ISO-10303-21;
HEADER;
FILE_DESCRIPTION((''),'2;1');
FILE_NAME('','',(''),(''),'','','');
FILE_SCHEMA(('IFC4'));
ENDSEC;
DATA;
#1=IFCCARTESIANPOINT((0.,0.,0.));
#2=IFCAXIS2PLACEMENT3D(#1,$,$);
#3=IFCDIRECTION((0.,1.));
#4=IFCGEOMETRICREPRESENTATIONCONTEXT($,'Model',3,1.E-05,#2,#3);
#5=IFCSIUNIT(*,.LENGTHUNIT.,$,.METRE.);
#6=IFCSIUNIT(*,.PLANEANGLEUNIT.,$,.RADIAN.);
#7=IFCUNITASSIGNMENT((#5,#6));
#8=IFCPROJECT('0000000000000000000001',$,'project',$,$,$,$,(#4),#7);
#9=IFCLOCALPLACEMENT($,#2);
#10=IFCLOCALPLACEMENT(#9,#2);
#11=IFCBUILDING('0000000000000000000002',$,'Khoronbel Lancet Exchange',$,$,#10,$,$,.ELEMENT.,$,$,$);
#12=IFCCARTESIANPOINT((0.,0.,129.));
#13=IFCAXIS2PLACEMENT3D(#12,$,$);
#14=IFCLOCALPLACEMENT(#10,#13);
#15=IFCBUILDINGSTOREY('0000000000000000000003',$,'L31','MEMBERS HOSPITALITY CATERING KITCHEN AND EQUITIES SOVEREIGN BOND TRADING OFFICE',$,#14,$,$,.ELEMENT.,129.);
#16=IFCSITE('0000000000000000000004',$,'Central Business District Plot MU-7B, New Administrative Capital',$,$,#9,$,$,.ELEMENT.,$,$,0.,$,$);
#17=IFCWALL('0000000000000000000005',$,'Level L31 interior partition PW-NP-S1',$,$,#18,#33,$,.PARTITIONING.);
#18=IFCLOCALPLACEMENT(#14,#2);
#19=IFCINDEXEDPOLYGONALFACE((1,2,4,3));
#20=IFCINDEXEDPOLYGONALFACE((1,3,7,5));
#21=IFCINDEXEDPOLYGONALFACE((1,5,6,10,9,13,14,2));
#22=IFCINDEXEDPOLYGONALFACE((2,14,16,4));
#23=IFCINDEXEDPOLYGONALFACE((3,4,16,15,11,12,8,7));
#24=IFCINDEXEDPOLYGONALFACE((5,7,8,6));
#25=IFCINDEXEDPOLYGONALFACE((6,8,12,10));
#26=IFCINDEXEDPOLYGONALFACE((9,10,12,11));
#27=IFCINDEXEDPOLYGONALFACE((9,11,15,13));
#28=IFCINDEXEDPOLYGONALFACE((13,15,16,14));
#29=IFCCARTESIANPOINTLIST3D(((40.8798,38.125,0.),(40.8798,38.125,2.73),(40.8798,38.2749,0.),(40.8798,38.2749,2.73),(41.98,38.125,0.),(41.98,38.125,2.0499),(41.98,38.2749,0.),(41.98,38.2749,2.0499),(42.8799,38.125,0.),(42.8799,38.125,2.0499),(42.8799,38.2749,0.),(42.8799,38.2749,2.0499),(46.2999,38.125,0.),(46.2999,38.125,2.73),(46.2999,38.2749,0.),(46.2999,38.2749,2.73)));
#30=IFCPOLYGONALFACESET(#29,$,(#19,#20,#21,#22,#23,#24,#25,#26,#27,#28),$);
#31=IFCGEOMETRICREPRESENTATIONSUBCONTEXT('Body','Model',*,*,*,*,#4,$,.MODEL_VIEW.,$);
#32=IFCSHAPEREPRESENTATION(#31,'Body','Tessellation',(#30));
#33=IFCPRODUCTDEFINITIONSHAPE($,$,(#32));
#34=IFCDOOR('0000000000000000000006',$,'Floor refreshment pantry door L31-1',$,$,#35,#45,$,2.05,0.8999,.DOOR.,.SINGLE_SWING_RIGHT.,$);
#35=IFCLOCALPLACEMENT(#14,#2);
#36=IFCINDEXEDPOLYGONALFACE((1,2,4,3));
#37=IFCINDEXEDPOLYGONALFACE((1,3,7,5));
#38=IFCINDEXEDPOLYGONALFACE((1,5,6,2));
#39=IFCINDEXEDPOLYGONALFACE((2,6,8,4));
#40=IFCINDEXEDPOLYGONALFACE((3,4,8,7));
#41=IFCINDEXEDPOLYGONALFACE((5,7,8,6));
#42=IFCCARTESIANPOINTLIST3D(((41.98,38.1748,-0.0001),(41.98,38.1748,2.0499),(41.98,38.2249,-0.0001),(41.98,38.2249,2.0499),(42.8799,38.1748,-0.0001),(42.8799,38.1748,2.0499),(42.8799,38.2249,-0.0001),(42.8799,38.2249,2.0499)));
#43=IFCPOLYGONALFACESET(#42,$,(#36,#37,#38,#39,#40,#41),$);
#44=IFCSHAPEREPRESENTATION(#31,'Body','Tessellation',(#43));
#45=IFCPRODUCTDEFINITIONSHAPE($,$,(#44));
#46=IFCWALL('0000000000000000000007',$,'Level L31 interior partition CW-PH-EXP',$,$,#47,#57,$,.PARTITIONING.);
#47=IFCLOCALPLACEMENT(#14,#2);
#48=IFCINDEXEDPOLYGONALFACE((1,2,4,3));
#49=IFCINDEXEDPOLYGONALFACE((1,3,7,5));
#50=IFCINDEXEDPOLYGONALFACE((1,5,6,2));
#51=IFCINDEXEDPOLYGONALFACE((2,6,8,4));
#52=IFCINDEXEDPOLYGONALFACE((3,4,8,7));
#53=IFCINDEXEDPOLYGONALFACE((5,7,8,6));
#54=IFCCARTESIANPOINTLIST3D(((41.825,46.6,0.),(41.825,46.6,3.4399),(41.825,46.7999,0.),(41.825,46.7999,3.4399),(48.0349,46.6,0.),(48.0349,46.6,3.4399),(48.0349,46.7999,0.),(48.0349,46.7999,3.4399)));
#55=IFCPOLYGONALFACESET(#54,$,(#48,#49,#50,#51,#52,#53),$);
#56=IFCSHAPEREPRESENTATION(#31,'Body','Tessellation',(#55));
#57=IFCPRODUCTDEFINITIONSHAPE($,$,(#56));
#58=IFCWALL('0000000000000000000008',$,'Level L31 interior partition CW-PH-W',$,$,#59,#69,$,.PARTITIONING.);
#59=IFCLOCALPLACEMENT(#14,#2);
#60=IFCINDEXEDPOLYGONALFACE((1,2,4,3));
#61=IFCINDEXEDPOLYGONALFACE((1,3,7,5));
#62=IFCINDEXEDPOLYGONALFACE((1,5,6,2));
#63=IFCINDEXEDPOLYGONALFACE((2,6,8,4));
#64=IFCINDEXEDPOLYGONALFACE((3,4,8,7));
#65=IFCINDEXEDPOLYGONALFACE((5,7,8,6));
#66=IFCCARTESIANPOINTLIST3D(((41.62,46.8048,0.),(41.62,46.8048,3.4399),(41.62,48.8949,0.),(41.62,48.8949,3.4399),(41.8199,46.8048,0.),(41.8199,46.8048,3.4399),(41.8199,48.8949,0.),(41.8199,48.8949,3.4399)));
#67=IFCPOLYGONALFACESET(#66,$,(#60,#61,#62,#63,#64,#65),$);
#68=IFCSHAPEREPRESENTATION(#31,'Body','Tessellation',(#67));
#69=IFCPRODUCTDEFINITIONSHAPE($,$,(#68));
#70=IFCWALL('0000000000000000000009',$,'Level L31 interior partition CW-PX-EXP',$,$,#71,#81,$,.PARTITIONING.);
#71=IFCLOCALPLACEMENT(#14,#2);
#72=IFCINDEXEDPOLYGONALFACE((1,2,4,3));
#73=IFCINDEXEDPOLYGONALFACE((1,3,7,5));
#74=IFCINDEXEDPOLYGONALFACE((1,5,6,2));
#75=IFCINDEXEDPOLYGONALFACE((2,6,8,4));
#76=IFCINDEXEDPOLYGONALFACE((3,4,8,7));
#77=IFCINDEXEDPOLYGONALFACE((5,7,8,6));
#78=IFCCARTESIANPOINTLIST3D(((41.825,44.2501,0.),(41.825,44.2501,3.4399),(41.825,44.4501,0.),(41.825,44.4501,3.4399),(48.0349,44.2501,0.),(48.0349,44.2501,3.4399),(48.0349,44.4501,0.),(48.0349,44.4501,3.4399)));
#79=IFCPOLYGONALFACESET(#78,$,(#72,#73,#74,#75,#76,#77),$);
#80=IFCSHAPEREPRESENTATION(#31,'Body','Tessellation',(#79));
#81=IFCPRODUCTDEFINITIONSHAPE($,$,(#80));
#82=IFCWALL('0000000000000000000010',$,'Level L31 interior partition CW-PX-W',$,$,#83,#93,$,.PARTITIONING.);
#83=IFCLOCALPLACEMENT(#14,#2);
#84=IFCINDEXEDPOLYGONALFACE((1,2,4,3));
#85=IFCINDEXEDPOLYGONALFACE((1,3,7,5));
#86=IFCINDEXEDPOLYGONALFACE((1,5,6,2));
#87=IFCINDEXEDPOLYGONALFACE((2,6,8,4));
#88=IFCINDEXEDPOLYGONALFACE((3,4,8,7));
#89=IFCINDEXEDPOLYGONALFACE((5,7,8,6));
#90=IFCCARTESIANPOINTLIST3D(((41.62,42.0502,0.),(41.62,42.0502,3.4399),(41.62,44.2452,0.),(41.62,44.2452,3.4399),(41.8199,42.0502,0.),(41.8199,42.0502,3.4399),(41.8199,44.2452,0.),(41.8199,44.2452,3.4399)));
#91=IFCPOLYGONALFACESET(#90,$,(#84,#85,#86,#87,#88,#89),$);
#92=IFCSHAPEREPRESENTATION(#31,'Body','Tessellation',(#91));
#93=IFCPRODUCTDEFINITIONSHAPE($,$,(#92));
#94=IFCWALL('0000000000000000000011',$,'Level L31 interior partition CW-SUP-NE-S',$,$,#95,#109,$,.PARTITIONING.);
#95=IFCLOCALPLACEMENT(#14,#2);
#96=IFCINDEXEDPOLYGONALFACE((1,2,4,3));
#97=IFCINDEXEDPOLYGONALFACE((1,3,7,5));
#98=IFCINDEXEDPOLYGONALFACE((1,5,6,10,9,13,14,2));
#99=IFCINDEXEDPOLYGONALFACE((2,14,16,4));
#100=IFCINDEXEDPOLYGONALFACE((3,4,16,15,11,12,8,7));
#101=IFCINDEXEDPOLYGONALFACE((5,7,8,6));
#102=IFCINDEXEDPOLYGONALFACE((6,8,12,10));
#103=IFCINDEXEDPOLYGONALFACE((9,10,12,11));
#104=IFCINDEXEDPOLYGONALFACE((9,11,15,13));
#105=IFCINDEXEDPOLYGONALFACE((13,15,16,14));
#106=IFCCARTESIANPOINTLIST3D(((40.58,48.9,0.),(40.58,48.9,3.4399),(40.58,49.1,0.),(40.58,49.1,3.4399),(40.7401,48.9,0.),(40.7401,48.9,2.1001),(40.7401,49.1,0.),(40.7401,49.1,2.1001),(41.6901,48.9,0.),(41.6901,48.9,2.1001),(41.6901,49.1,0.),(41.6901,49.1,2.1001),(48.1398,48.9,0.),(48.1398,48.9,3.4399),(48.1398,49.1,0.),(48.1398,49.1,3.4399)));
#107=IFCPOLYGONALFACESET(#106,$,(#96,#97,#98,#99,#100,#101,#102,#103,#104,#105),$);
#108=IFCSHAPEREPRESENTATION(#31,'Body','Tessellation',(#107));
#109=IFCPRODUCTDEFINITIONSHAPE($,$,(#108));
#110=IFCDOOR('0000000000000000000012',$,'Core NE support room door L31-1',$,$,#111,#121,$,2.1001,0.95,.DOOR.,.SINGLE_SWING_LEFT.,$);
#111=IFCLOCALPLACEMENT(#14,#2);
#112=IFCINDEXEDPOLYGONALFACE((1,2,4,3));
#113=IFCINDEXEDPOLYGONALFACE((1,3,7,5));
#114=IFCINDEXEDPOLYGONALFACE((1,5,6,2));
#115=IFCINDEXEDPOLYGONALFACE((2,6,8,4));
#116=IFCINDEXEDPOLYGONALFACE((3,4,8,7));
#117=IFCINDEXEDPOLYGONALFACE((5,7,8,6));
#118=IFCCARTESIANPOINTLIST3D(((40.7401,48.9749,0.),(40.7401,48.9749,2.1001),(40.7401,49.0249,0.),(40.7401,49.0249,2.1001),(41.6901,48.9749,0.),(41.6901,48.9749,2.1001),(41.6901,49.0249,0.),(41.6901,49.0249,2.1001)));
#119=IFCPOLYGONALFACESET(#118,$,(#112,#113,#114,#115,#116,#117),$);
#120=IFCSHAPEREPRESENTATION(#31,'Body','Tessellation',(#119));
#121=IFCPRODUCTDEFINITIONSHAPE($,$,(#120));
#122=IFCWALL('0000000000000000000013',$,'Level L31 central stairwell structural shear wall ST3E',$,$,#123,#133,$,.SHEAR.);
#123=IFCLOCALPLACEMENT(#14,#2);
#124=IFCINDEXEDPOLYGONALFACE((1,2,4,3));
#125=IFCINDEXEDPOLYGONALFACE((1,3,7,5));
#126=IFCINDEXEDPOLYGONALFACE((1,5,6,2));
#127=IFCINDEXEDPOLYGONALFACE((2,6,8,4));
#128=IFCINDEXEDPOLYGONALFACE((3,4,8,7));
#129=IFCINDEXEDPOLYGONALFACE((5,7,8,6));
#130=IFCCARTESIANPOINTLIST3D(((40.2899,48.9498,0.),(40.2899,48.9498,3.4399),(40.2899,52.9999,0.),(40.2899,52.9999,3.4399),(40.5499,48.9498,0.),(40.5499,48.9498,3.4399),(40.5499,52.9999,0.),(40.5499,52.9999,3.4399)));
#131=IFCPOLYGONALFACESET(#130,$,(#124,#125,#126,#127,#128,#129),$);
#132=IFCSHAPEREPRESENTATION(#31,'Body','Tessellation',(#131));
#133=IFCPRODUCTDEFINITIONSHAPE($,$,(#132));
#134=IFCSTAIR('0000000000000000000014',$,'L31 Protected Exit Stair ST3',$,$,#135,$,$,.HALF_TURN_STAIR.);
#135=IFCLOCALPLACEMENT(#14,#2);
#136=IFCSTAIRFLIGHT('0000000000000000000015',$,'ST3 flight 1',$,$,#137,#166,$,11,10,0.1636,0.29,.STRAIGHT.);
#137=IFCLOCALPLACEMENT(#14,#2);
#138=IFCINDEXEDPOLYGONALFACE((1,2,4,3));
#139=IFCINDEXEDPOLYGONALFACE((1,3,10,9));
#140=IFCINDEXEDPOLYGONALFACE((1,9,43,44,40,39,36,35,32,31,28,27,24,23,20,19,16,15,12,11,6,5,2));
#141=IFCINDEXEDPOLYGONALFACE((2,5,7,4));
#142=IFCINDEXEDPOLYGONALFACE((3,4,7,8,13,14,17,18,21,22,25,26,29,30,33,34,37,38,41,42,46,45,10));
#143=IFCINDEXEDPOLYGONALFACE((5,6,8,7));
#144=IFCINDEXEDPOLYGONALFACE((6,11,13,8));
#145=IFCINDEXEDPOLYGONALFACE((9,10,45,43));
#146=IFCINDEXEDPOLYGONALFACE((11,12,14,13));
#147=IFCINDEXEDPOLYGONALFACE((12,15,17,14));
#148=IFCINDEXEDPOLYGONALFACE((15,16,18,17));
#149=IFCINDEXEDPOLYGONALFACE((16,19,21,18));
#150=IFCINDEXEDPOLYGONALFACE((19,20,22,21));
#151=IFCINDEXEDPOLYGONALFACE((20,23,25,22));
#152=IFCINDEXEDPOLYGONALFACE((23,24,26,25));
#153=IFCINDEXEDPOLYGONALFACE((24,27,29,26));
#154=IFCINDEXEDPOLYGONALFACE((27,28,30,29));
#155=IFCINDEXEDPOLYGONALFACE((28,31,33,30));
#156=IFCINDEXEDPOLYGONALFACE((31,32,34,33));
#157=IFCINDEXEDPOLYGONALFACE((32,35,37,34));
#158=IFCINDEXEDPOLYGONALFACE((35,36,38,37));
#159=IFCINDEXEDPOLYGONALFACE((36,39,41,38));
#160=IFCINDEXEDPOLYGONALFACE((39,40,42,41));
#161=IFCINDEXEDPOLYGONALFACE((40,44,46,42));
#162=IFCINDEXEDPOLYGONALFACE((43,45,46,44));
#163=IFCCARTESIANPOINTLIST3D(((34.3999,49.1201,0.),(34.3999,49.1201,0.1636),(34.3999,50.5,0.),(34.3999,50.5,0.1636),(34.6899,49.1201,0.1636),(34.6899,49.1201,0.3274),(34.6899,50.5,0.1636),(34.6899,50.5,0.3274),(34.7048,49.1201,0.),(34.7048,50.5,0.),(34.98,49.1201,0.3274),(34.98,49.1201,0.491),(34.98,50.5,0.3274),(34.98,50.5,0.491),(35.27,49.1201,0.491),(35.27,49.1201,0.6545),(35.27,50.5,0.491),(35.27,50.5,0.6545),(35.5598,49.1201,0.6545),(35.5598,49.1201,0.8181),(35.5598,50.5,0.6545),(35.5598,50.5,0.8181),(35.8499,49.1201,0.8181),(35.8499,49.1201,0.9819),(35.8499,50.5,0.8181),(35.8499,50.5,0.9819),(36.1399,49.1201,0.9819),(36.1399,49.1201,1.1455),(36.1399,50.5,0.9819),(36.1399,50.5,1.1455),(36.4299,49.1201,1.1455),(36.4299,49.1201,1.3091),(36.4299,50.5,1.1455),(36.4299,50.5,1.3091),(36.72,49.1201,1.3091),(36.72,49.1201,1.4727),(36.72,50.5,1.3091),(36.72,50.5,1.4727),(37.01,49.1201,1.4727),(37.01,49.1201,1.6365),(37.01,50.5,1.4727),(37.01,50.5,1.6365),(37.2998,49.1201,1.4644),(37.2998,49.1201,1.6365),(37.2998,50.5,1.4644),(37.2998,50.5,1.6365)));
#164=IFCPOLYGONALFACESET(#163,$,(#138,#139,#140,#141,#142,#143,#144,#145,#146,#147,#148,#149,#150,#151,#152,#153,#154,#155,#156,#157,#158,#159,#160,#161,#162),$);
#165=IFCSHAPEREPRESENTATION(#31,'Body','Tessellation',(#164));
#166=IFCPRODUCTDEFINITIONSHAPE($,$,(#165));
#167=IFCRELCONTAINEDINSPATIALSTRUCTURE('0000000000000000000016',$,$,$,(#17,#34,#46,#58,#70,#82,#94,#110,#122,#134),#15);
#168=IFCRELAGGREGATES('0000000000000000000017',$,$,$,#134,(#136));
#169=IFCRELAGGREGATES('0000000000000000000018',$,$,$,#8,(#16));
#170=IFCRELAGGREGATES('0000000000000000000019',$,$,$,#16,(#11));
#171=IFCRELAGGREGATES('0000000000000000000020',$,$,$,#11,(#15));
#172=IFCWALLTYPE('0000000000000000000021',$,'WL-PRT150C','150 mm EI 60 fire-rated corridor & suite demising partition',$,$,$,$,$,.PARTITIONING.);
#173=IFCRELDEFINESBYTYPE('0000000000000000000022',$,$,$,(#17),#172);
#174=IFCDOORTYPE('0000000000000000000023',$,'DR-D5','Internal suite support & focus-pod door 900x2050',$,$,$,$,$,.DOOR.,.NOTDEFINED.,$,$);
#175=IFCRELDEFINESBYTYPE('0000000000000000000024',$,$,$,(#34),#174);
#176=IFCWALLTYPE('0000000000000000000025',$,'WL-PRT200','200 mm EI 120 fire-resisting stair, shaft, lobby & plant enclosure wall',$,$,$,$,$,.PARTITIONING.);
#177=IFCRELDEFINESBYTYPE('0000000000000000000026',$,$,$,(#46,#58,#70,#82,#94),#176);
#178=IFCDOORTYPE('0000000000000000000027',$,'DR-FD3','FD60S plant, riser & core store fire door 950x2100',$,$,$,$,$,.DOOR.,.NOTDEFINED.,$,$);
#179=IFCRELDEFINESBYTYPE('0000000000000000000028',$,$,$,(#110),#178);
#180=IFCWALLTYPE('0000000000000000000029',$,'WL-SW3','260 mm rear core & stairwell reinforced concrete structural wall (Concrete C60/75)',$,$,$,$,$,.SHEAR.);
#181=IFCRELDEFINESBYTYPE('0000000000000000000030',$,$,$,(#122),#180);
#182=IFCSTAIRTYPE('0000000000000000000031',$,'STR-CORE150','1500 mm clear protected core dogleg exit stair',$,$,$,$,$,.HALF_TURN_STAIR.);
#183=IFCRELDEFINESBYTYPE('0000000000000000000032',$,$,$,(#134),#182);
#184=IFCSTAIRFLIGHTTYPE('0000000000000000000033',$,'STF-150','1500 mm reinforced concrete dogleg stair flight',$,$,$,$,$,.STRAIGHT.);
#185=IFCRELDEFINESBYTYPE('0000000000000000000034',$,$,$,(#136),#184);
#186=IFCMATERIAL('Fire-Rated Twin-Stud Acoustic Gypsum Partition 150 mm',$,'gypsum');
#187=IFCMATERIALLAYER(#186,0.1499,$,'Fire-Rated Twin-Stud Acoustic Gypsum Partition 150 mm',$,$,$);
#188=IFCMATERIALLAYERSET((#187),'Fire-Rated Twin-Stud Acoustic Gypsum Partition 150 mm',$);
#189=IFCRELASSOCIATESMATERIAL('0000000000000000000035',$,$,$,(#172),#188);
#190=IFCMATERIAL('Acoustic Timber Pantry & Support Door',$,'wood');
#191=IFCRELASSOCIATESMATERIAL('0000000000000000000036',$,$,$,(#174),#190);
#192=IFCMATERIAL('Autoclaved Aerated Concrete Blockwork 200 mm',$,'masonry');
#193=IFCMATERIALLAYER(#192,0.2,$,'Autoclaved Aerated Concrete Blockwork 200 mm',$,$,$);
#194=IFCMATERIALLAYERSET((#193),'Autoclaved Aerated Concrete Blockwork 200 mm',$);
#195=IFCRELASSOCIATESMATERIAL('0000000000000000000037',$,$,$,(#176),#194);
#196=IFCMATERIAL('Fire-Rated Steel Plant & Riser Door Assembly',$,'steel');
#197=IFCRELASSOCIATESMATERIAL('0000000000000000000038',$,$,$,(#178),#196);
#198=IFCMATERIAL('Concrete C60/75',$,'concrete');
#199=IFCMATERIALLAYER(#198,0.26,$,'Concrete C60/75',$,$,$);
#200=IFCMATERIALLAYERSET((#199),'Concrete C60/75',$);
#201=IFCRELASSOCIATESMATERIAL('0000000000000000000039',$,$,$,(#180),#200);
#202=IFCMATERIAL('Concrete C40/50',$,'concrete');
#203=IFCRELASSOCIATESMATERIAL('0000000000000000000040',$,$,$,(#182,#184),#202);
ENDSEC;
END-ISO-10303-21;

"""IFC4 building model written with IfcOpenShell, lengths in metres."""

from ifc_helpers import new_model, si_unit, direction, frame, frame_2d, origin, place, context, subcontext, project, spatial, polyline, rectangle, outline, extrude, material, layer, layer_set, type_object, element, fill, aggregate, save


model = new_model("IFC4")

# Units and contexts
model_context = context("Model", 3, precision=1e-05, world=origin(), true_north=direction((0.0, 1.0)))
body_context = subcontext(model_context, "Body", "Model", "MODEL_VIEW")
ifc_project = project(units=[si_unit("LENGTHUNIT", "METRE"), si_unit("PLANEANGLEUNIT", "RADIAN")], contexts=[model_context])

# Site, building, storey
site_placement = place(None, origin())
site = spatial("IfcSite", under=ifc_project, at=site_placement, Name="Central Business District Plot MU-7B, New Administrative Capital", CompositionType="ELEMENT", RefElevation=0.0)
building_placement = place(site_placement, origin())
building = spatial("IfcBuilding", under=site, at=building_placement, Name="Khoronbel Lancet Exchange", CompositionType="ELEMENT")
storey_placement = place(building_placement, frame((0.0, 0.0, 129.0)))
storey = spatial("IfcBuildingStorey", under=building, at=storey_placement, Name="L31", Description="MEMBERS HOSPITALITY CATERING KITCHEN AND EQUITIES SOVEREIGN BOND TRADING OFFICE", CompositionType="ELEMENT", Elevation=129.0)

# Wall, opening, door
ifc_material_1 = material(Name="Fire-Rated Twin-Stud Acoustic Gypsum Partition 150 mm", Category="gypsum")
ifc_layer_1 = layer(ifc_material_1, 0.1499, Name="Fire-Rated Twin-Stud Acoustic Gypsum Partition 150 mm")
ifc_layer_set_1 = layer_set([ifc_layer_1], Name="Fire-Rated Twin-Stud Acoustic Gypsum Partition 150 mm")
wall_type_1 = type_object("IfcWallType", Name="WL-PRT150C", Description="150 mm EI 60 fire-rated corridor & suite demising partition", PredefinedType="PARTITIONING", material=ifc_layer_set_1)
wall_1_placement = place(storey_placement, frame((40.8799, 38.2, 0.0), z_axis=(0.0, 0.0, 1.0), x_axis=(1.0, 0.0, 0.0)))
wall_1 = element("IfcWall", 1, at=wall_1_placement, inside=storey, type_object=wall_type_1, Name="Level L31 interior partition PW-NP-S1", PredefinedType="PARTITIONING", context=body_context, shape_type="SweptSolid", body=[
    extrude(rectangle(XDim=5.4202, YDim=0.1499, at=frame_2d((2.71, 0.0))), origin(), (0.0, 0.0, 1.0), 2.73),
])
opening_1_placement = place(wall_1_placement, frame((1.1001, 0.0, 0.0)))
opening_1 = element("IfcOpeningElement", 2, at=opening_1_placement, cuts=wall_1, PredefinedType="OPENING", context=body_context, shape_type="SweptSolid", body=[
    extrude(rectangle(XDim=0.8999, YDim=2.05, at=frame_2d((0.45, 1.0249))), frame((0.0, 0.085, 0.0), z_axis=(0.0, -1.0, 0.0), x_axis=(1.0, 0.0, 0.0)), (0.0, 0.0, 1.0), 0.1699),
])
ifc_material_2 = material(Name="Acoustic Timber Pantry & Support Door", Category="wood")
door_type_1 = type_object("IfcDoorType", Name="DR-D5", Description="Internal suite support & focus-pod door 900x2050", OperationType="NOTDEFINED", PredefinedType="DOOR", material=ifc_material_2)
door_1_placement = place(opening_1_placement, origin())
door_1 = element("IfcDoor", 3, at=door_1_placement, inside=storey, type_object=door_type_1, Name="Floor refreshment pantry door L31-1", OperationType="SINGLE_SWING_RIGHT", OverallHeight=2.05, OverallWidth=0.8999, PredefinedType="DOOR", context=body_context, shape_type="SweptSolid", body=[
    extrude(rectangle(XDim=0.8999, YDim=2.05, at=frame_2d((0.45, 1.0249))), frame((0.0, 0.0249, 0.0), z_axis=(0.0, -1.0, 0.0), x_axis=(1.0, 0.0, 0.0)), (0.0, 0.0, 1.0), 0.05),
])
fill(opening_1, door_1)

# Walls
ifc_material_3 = material(Name="Autoclaved Aerated Concrete Blockwork 200 mm", Category="masonry")
ifc_layer_2 = layer(ifc_material_3, 0.2, Name="Autoclaved Aerated Concrete Blockwork 200 mm")
ifc_layer_set_2 = layer_set([ifc_layer_2], Name="Autoclaved Aerated Concrete Blockwork 200 mm")
wall_type_2 = type_object("IfcWallType", Name="WL-PRT200", Description="200 mm EI 120 fire-resisting stair, shaft, lobby & plant enclosure wall", PredefinedType="PARTITIONING", material=ifc_layer_set_2)
wall_2_placement = place(storey_placement, frame((41.825, 46.7, 0.0), z_axis=(0.0, 0.0, 1.0), x_axis=(1.0, 0.0, 0.0)))
element("IfcWall", 4, at=wall_2_placement, inside=storey, type_object=wall_type_2, Name="Level L31 interior partition CW-PH-EXP", PredefinedType="PARTITIONING", context=body_context, shape_type="SweptSolid", body=[
    extrude(rectangle(XDim=6.21, YDim=0.2, at=frame_2d((3.105, 0.0))), origin(), (0.0, 0.0, 1.0), 3.4399),
])
wall_3_placement = place(storey_placement, frame((41.72, 46.8049, 0.0), z_axis=(0.0, 0.0, 1.0), x_axis=(0.0, 1.0, 0.0)))
element("IfcWall", 5, at=wall_3_placement, inside=storey, type_object=wall_type_2, Name="Level L31 interior partition CW-PH-W", PredefinedType="PARTITIONING", context=body_context, shape_type="SweptSolid", body=[
    extrude(rectangle(XDim=2.0901, YDim=0.2, at=frame_2d((1.0449, 0.0))), origin(), (0.0, 0.0, 1.0), 3.4399),
])
wall_4_placement = place(storey_placement, frame((41.825, 44.3501, 0.0), z_axis=(0.0, 0.0, 1.0), x_axis=(1.0, 0.0, 0.0)))
element("IfcWall", 6, at=wall_4_placement, inside=storey, type_object=wall_type_2, Name="Level L31 interior partition CW-PX-EXP", PredefinedType="PARTITIONING", context=body_context, shape_type="SweptSolid", body=[
    extrude(rectangle(XDim=6.21, YDim=0.2, at=frame_2d((3.105, 0.0))), origin(), (0.0, 0.0, 1.0), 3.4399),
])
wall_5_placement = place(storey_placement, frame((41.72, 42.05, 0.0), z_axis=(0.0, 0.0, 1.0), x_axis=(0.0, 1.0, 0.0)))
element("IfcWall", 7, at=wall_5_placement, inside=storey, type_object=wall_type_2, Name="Level L31 interior partition CW-PX-W", PredefinedType="PARTITIONING", context=body_context, shape_type="SweptSolid", body=[
    extrude(rectangle(XDim=2.1951, YDim=0.2, at=frame_2d((1.0977, 0.0))), origin(), (0.0, 0.0, 1.0), 3.4399),
])

# Wall, opening, door
wall_6_placement = place(storey_placement, frame((40.5801, 49.0, 0.0), z_axis=(0.0, 0.0, 1.0), x_axis=(1.0, 0.0, 0.0)))
wall_6 = element("IfcWall", 8, at=wall_6_placement, inside=storey, type_object=wall_type_2, Name="Level L31 interior partition CW-SUP-NE-S", PredefinedType="PARTITIONING", context=body_context, shape_type="SweptSolid", body=[
    extrude(rectangle(XDim=7.5598, YDim=0.2, at=frame_2d((3.7798, 0.0))), origin(), (0.0, 0.0, 1.0), 3.4399),
])
opening_2_placement = place(wall_6_placement, frame((0.1599, 0.0, 0.0)))
opening_2 = element("IfcOpeningElement", 9, at=opening_2_placement, cuts=wall_6, PredefinedType="OPENING", context=body_context, shape_type="SweptSolid", body=[
    extrude(rectangle(XDim=0.95, YDim=2.1001, at=frame_2d((0.4751, 1.05))), frame((0.0, 0.1099, 0.0), z_axis=(0.0, -1.0, 0.0), x_axis=(1.0, 0.0, 0.0)), (0.0, 0.0, 1.0), 0.22),
])
ifc_material_4 = material(Name="Fire-Rated Steel Plant & Riser Door Assembly", Category="steel")
door_type_2 = type_object("IfcDoorType", Name="DR-FD3", Description="FD60S plant, riser & core store fire door 950x2100", OperationType="NOTDEFINED", PredefinedType="DOOR", material=ifc_material_4)
door_2_placement = place(opening_2_placement, origin())
door_2 = element("IfcDoor", 10, at=door_2_placement, inside=storey, type_object=door_type_2, Name="Core NE support room door L31-1", OperationType="SINGLE_SWING_LEFT", OverallHeight=2.1001, OverallWidth=0.95, PredefinedType="DOOR", context=body_context, shape_type="SweptSolid", body=[
    extrude(rectangle(XDim=0.95, YDim=2.1001, at=frame_2d((0.4751, 1.05))), frame((0.0, 0.0249, 0.0), z_axis=(0.0, -1.0, 0.0), x_axis=(1.0, 0.0, 0.0)), (0.0, 0.0, 1.0), 0.05),
])
fill(opening_2, door_2)

# Wall
ifc_material_5 = material(Name="Concrete C60/75", Category="concrete")
ifc_layer_3 = layer(ifc_material_5, 0.26, Name="Concrete C60/75")
ifc_layer_set_3 = layer_set([ifc_layer_3], Name="Concrete C60/75")
wall_type_3 = type_object("IfcWallType", Name="WL-SW3", Description="260 mm rear core & stairwell reinforced concrete structural wall (Concrete C60/75)", PredefinedType="SHEAR", material=ifc_layer_set_3)
wall_7_placement = place(storey_placement, frame((40.4199, 48.95, 0.0), z_axis=(0.0, 0.0, 1.0), x_axis=(0.0, 1.0, 0.0)))
element("IfcWall", 11, at=wall_7_placement, inside=storey, type_object=wall_type_3, Name="Level L31 central stairwell structural shear wall ST3E", PredefinedType="SHEAR", context=body_context, shape_type="SweptSolid", body=[
    extrude(rectangle(XDim=4.05, YDim=0.26, at=frame_2d((2.0249, 0.0))), origin(), (0.0, 0.0, 1.0), 3.4399),
])

# Stair, stair flight
ifc_material_6 = material(Name="Concrete C40/50", Category="concrete")
stair_type = type_object("IfcStairType", Name="STR-CORE150", Description="1500 mm clear protected core dogleg exit stair", PredefinedType="HALF_TURN_STAIR", material=ifc_material_6)
stair_placement = place(storey_placement, origin())
stair = element("IfcStair", 12, at=stair_placement, inside=storey, type_object=stair_type, Name="L31 Protected Exit Stair ST3", PredefinedType="HALF_TURN_STAIR")
stair_flight_type = type_object("IfcStairFlightType", Name="STF-150", Description="1500 mm reinforced concrete dogleg stair flight", PredefinedType="STRAIGHT", material=ifc_material_6)
stair_flight_1_placement = place(storey_placement, frame((34.3999, 49.8101, 0.0), z_axis=(0.0, 0.0, 1.0), x_axis=(1.0, 0.0, 0.0)))
stair_flight_1 = element("IfcStairFlight", 13, at=stair_flight_1_placement, type_object=stair_flight_type, Name="ST3 flight 1", NumberOfRisers=11, NumberOfTreads=10, PredefinedType="STRAIGHT", RiserHeight=0.1636, TreadLength=0.29, context=body_context, shape_type="SweptSolid", body=[
    extrude(outline(polyline([(0.0, 0.0), (0.0, 0.1636), (0.29, 0.1636), (0.29, 0.3274), (0.5801, 0.3274), (0.5801, 0.491), (0.8701, 0.491), (0.8701, 0.6545), (1.1599, 0.6545), (1.1599, 0.8181), (1.45, 0.8181), (1.45, 0.9819), (1.74, 0.9819), (1.74, 1.1455), (2.03, 1.1455), (2.03, 1.3091), (2.3201, 1.3091), (2.3201, 1.4727), (2.6101, 1.4727), (2.6101, 1.6365), (2.8999, 1.6365), (2.8999, 1.8), (2.8999, 1.4644), (0.3049, 0.0), (0.0, 0.0)])), frame((0.0, 0.6899, 0.0), z_axis=(0.0, -1.0, 0.0), x_axis=(1.0, 0.0, 0.0)), (0.0, 0.0, 1.0), 1.3799),
])
aggregate(stair, [stair_flight_1])

save(model, "model.ifc")
